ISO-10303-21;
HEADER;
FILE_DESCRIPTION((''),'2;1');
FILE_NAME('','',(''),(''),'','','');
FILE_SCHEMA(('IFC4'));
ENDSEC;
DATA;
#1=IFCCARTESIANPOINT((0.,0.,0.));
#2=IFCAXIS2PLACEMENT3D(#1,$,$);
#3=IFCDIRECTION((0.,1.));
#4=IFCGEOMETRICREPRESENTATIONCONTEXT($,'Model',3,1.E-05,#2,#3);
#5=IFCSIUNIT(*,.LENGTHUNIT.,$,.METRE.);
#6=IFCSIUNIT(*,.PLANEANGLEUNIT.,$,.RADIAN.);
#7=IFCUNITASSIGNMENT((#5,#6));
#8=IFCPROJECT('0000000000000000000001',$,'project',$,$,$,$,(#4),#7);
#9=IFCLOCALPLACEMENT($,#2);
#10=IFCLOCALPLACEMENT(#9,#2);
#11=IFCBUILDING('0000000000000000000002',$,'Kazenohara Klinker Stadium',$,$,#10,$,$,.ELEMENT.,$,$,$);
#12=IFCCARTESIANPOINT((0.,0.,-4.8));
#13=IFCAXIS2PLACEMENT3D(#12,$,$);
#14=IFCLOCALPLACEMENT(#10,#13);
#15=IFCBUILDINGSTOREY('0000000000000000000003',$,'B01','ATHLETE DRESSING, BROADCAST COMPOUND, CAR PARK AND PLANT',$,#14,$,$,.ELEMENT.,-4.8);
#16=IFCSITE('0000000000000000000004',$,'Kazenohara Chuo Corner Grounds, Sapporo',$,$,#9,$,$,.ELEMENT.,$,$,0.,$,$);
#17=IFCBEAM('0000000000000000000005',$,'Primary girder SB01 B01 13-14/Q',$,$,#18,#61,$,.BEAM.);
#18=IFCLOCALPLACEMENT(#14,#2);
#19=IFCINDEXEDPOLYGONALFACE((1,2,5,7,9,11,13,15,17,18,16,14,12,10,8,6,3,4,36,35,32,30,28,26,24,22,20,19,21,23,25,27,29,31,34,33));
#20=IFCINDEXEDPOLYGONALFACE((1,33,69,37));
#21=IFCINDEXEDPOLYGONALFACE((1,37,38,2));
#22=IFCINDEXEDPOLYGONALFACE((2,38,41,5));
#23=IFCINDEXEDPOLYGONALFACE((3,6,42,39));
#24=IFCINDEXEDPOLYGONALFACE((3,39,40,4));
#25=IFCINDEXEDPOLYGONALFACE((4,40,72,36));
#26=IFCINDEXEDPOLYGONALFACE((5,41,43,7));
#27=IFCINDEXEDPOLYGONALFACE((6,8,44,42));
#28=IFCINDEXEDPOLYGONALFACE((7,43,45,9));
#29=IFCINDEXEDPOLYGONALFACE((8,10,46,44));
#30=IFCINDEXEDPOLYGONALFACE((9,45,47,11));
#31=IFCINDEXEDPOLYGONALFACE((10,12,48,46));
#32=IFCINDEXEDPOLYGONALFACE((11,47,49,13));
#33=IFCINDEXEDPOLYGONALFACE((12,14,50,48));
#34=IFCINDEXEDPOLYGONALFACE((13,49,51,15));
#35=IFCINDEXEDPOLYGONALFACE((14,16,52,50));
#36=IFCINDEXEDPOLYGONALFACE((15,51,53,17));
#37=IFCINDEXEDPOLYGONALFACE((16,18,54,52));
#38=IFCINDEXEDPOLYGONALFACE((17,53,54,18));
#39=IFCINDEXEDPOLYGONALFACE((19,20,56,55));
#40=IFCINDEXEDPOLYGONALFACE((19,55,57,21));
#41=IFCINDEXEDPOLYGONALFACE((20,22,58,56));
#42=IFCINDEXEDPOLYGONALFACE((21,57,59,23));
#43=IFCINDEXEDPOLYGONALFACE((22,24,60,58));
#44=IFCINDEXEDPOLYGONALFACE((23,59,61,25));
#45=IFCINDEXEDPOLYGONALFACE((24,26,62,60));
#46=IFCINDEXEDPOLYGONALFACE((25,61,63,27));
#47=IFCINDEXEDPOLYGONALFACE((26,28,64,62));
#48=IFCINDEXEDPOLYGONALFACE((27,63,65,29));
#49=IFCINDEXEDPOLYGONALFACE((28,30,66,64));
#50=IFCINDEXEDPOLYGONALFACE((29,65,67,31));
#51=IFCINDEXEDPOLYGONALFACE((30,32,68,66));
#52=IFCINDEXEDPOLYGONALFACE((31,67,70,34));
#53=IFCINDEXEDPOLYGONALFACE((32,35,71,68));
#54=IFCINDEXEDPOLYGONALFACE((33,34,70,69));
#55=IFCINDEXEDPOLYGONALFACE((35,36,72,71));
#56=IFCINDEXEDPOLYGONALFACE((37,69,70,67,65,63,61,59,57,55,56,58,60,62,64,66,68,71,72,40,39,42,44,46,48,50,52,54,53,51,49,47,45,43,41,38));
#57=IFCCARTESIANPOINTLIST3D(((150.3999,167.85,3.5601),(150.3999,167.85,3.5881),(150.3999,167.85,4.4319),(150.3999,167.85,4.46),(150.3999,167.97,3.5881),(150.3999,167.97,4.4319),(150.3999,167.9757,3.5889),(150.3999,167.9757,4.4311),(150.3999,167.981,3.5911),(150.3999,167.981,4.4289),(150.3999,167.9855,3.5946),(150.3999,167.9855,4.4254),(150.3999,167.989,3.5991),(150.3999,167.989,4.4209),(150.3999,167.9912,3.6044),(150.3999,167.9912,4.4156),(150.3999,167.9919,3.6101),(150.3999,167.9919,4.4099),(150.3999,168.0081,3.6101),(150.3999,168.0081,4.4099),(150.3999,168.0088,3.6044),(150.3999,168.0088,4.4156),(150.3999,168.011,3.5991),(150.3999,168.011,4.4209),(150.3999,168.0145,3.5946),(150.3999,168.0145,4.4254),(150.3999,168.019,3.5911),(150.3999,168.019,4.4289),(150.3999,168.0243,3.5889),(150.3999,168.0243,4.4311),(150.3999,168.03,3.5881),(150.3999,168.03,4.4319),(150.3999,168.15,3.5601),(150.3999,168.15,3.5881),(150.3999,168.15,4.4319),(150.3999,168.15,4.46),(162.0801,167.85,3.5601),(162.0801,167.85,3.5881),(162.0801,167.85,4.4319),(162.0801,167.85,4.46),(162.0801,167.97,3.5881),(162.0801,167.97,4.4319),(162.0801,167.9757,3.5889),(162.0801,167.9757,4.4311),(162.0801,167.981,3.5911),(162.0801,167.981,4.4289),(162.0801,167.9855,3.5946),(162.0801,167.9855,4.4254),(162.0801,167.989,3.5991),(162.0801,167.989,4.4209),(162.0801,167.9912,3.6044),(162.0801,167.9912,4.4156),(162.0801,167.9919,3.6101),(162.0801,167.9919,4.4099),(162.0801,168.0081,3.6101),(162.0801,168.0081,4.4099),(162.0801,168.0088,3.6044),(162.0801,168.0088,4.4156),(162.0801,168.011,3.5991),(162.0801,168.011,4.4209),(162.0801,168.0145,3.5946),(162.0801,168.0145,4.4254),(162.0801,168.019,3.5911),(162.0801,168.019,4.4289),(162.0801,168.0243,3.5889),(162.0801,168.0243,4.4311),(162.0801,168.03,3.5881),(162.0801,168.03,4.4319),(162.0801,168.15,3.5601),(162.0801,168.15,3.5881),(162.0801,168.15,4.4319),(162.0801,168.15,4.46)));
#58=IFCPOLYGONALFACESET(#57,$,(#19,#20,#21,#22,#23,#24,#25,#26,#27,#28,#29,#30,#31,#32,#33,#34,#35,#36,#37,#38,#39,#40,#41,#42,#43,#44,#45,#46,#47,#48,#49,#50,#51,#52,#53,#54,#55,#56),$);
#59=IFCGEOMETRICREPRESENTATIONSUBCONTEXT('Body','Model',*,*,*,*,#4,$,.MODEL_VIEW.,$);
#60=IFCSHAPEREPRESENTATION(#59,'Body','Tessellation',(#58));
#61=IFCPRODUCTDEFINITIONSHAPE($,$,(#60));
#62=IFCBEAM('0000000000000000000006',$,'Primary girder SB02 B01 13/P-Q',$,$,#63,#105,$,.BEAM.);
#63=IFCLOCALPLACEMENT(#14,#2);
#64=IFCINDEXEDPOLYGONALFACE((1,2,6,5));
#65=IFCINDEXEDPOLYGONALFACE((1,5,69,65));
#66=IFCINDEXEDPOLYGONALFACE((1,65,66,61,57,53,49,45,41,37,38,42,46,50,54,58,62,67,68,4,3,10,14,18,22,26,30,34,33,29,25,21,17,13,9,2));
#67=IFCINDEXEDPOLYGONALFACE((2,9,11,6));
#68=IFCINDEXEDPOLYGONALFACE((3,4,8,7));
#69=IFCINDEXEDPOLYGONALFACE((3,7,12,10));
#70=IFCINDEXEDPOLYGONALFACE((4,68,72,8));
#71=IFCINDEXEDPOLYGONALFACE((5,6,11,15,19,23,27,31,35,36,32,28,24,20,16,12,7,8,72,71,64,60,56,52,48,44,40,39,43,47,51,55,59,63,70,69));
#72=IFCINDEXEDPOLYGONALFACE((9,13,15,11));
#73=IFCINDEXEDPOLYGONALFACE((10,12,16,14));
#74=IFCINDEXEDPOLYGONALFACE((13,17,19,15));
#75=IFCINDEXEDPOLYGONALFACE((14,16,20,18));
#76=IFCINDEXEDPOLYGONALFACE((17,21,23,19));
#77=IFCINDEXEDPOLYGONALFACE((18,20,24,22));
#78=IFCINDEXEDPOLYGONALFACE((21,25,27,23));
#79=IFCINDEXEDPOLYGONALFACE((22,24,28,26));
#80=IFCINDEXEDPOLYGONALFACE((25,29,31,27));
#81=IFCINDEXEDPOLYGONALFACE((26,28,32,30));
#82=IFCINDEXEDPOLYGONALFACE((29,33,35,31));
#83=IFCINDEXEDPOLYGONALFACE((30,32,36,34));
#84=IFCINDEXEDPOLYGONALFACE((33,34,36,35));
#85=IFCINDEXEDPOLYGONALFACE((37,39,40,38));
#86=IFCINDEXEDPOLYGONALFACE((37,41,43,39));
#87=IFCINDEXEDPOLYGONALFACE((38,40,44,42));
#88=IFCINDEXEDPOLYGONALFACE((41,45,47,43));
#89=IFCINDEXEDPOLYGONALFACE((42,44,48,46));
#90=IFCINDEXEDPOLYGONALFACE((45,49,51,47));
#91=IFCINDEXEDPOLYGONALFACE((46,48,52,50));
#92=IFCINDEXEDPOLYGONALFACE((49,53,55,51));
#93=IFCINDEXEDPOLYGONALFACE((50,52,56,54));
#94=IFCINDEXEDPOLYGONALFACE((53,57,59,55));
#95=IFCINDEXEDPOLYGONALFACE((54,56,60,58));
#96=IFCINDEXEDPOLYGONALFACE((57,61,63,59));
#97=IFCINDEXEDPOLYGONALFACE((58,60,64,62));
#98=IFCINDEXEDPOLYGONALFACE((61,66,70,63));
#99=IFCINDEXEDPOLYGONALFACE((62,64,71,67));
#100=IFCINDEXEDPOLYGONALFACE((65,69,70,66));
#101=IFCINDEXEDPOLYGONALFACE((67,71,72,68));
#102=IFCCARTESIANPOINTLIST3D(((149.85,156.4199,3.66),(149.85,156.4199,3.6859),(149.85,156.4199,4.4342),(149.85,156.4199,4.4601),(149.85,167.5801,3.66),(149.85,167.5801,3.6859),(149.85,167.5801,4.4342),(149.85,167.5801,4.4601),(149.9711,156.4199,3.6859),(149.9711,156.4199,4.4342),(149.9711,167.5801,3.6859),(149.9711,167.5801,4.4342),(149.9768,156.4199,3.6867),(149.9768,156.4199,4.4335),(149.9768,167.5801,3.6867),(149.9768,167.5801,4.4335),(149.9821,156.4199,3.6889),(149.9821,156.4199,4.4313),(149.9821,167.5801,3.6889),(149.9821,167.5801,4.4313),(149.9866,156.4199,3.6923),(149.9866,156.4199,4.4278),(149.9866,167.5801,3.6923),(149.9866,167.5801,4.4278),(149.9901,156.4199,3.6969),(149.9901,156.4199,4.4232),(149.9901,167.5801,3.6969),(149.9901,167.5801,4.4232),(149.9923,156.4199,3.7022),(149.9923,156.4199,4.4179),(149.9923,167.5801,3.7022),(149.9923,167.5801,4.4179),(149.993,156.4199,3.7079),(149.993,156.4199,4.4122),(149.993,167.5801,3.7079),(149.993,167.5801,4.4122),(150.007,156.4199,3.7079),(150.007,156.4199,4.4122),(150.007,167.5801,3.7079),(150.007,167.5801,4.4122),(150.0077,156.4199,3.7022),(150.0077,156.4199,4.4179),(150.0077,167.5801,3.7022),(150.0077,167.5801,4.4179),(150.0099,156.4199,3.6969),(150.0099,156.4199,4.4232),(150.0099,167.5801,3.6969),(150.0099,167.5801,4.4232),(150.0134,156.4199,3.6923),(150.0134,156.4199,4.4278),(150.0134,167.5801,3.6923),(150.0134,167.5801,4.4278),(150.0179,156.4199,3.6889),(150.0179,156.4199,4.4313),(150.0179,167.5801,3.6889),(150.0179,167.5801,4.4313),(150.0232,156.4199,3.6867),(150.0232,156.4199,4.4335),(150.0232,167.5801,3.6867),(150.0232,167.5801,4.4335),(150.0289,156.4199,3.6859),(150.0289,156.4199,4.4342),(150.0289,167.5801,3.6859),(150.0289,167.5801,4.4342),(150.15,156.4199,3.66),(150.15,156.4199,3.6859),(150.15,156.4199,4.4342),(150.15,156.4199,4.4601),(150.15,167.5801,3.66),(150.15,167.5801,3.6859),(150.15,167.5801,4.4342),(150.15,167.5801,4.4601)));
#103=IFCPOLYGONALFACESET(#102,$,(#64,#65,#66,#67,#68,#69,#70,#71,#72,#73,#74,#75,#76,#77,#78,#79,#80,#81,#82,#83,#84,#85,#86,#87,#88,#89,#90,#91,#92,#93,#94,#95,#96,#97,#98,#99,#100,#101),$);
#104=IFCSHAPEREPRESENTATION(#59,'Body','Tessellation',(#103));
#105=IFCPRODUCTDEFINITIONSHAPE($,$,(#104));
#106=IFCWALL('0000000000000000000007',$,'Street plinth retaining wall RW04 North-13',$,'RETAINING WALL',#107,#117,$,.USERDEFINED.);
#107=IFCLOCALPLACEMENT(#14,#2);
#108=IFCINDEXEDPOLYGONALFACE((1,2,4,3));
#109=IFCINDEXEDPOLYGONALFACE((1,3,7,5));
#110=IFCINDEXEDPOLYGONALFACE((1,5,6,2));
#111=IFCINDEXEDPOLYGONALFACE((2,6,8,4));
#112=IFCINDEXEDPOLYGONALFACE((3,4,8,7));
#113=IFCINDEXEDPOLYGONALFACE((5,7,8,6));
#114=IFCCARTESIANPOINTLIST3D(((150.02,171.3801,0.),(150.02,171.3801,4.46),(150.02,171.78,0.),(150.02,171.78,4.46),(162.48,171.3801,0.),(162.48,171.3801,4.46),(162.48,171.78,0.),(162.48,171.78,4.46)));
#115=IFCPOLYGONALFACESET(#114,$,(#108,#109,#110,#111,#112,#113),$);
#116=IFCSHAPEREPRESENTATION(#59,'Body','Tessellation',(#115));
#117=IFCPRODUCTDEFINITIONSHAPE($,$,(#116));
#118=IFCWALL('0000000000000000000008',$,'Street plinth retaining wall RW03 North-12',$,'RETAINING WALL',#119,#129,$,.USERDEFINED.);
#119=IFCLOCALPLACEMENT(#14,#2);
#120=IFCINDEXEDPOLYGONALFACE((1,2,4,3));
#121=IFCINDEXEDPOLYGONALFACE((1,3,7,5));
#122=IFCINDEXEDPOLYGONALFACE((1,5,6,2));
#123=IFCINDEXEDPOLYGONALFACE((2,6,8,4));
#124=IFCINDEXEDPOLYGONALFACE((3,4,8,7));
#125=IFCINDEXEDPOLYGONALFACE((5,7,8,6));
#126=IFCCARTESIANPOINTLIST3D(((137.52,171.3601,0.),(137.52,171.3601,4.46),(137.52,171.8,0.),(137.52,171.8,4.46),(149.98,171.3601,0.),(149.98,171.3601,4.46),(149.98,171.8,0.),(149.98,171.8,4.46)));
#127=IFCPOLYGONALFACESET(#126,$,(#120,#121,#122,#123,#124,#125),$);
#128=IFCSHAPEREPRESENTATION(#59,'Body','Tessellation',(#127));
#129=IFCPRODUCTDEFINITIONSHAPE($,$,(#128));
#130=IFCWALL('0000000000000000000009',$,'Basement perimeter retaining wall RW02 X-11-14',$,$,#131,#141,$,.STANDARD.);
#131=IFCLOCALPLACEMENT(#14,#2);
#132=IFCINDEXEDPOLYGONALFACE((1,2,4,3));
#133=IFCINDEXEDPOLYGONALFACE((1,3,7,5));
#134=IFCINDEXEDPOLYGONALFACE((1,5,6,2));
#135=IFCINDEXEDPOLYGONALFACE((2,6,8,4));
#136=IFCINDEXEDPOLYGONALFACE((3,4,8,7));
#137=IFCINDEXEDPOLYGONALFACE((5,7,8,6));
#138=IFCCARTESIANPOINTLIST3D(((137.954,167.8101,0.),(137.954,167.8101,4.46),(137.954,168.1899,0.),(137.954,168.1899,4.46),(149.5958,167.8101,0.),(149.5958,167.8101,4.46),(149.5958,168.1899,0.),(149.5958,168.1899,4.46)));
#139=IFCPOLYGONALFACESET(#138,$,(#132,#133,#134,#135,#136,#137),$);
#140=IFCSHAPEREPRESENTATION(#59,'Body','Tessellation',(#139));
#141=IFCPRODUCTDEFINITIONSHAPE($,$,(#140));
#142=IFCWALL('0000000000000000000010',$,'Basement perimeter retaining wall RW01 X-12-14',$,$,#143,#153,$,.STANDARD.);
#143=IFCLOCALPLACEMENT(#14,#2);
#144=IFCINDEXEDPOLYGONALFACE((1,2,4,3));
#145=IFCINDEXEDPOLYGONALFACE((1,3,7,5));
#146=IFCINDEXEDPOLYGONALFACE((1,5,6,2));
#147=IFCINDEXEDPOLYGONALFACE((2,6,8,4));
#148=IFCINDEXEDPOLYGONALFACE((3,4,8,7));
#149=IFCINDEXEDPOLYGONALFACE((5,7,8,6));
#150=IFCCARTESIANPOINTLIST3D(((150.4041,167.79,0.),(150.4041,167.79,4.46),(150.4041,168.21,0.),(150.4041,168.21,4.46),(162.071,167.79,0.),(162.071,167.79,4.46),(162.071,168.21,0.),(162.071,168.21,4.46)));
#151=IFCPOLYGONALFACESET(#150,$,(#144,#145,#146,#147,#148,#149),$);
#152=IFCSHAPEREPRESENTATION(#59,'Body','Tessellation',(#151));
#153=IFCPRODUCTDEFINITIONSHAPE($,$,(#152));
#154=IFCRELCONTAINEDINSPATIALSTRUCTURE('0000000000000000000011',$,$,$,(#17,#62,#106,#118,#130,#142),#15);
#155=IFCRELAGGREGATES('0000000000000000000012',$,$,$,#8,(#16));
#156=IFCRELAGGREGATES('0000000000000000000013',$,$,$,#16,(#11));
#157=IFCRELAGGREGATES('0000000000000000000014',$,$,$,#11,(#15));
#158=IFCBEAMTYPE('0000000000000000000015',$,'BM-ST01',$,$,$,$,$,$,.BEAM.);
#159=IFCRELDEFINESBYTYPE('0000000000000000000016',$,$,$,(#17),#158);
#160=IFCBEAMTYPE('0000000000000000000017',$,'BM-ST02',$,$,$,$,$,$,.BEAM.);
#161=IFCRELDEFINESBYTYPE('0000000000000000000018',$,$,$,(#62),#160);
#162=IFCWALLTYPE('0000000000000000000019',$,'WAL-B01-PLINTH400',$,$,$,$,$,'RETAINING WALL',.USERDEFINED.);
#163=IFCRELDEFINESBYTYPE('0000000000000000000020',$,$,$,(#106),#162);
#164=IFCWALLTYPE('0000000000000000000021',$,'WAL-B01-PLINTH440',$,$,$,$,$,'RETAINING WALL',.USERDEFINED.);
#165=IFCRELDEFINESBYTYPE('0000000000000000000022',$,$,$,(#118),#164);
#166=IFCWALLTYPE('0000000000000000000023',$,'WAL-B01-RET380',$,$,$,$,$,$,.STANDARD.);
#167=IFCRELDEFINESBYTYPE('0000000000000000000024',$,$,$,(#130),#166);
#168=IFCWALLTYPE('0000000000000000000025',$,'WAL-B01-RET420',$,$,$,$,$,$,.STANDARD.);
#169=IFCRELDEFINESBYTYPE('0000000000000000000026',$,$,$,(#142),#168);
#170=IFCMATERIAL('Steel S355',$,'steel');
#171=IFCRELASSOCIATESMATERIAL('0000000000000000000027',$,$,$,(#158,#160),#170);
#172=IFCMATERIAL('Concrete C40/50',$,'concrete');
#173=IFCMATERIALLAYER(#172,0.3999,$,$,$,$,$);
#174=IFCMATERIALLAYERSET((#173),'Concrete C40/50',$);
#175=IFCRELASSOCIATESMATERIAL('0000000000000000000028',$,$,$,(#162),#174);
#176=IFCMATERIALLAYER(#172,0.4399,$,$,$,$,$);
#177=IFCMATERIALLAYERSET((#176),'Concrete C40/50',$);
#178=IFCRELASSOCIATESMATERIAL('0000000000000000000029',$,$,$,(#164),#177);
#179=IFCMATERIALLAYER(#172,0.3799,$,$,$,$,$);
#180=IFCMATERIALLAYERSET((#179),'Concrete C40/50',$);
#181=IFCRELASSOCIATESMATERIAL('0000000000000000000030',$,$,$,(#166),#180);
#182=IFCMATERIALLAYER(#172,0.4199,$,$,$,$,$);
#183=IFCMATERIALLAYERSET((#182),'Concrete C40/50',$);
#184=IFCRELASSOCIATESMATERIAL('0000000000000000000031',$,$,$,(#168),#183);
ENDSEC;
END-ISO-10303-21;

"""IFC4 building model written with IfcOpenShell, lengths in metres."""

from ifc_helpers import new_model, si_unit, direction, frame, frame_2d, origin, origin_2d, place, context, subcontext, project, spatial, rectangle, i_section, extrude, material, layer, layer_set, material_profile, profile_set, type_object, element, save


model = new_model("IFC4")

# Units and contexts
model_context = context("Model", 3, precision=1e-05, world=origin(), true_north=direction((0.0, 1.0)))
body_context = subcontext(model_context, "Body", "Model", "MODEL_VIEW")
ifc_project = project(units=[si_unit("LENGTHUNIT", "METRE"), si_unit("PLANEANGLEUNIT", "RADIAN")], contexts=[model_context])

# Site, building, storey
site_placement = place(None, origin())
site = spatial("IfcSite", under=ifc_project, at=site_placement, Name="Kazenohara Chuo Corner Grounds, Sapporo", CompositionType="ELEMENT", RefElevation=0.0)
building_placement = place(site_placement, origin())
building = spatial("IfcBuilding", under=site, at=building_placement, Name="Kazenohara Klinker Stadium", CompositionType="ELEMENT")
storey_placement = place(building_placement, frame((0.0, 0.0, -4.8)))
storey = spatial("IfcBuildingStorey", under=building, at=storey_placement, Name="B01", Description="ATHLETE DRESSING, BROADCAST COMPOUND, CAR PARK AND PLANT", CompositionType="ELEMENT", Elevation=-4.8)

# Shared definitions
ifc_material_1 = material(Name="Concrete C40/50", Category="concrete")

# Beams
ifc_material_2 = material(Name="Steel S355", Category="steel")
ifc_material_profile_1 = material_profile(ifc_material_2, i_section(OverallWidth=0.3, OverallDepth=0.8999, WebThickness=0.0161, FlangeThickness=0.0281, FilletRadius=0.022, at=origin_2d()), Name="H-900x300x16x28")
ifc_profile_set_1 = profile_set([ifc_material_profile_1], Name="Steel S355")
beam_type_1 = type_object("IfcBeamType", Name="BM-ST01", PredefinedType="BEAM", material=ifc_profile_set_1)
beam_1_placement = place(storey_placement, frame((150.3999, 168.0, 4.01), z_axis=(1.0, 0.0, 0.0), x_axis=(0.0, 1.0, 0.0)))
element("IfcBeam", 1, at=beam_1_placement, inside=storey, type_object=beam_type_1, Name="Primary girder SB01 B01 13-14/Q", PredefinedType="BEAM", context=body_context, shape_type="SweptSolid", body=[
    extrude(i_section(OverallWidth=0.3, OverallDepth=0.8999, WebThickness=0.0161, FlangeThickness=0.0281, FilletRadius=0.022, at=origin_2d()), origin(), (0.0, 0.0, 1.0), 11.6802),
])
ifc_material_profile_2 = material_profile(ifc_material_2, i_section(OverallWidth=0.3, OverallDepth=0.8, WebThickness=0.0139, FlangeThickness=0.0259, FilletRadius=0.022, at=origin_2d()), Name="H-800x300x14x26")
ifc_profile_set_2 = profile_set([ifc_material_profile_2], Name="Steel S355")
beam_type_2 = type_object("IfcBeamType", Name="BM-ST02", PredefinedType="BEAM", material=ifc_profile_set_2)
beam_2_placement = place(storey_placement, frame((150.0, 156.4199, 4.0601), z_axis=(0.0, 1.0, 0.0), x_axis=(-1.0, 0.0, 0.0)))
element("IfcBeam", 2, at=beam_2_placement, inside=storey, type_object=beam_type_2, Name="Primary girder SB02 B01 13/P-Q", PredefinedType="BEAM", context=body_context, shape_type="SweptSolid", body=[
    extrude(i_section(OverallWidth=0.3, OverallDepth=0.8, WebThickness=0.0139, FlangeThickness=0.0259, FilletRadius=0.022, at=origin_2d()), origin(), (0.0, 0.0, 1.0), 11.1602),
])

# Walls
ifc_layer_1 = layer(ifc_material_1, 0.3999)
ifc_layer_set_1 = layer_set([ifc_layer_1], Name="Concrete C40/50")
wall_type_1 = type_object("IfcWallType", Name="WAL-B01-PLINTH400", ElementType="RETAINING WALL", PredefinedType="USERDEFINED", material=ifc_layer_set_1)
wall_1_placement = place(storey_placement, frame((150.02, 171.5801, 0.0), z_axis=(0.0, 0.0, 1.0), x_axis=(1.0, 0.0, 0.0)))
element("IfcWall", 3, at=wall_1_placement, inside=storey, type_object=wall_type_1, Name="Street plinth retaining wall RW04 North-13", ObjectType="RETAINING WALL", PredefinedType="USERDEFINED", context=body_context, shape_type="SweptSolid", body=[
    extrude(rectangle(XDim=12.46, YDim=0.3999, at=frame_2d((6.23, 0.0))), origin(), (0.0, 0.0, 1.0), 4.46),
])
ifc_layer_2 = layer(ifc_material_1, 0.4399)
ifc_layer_set_2 = layer_set([ifc_layer_2], Name="Concrete C40/50")
wall_type_2 = type_object("IfcWallType", Name="WAL-B01-PLINTH440", ElementType="RETAINING WALL", PredefinedType="USERDEFINED", material=ifc_layer_set_2)
wall_2_placement = place(storey_placement, frame((137.52, 171.5801, 0.0), z_axis=(0.0, 0.0, 1.0), x_axis=(1.0, 0.0, 0.0)))
element("IfcWall", 4, at=wall_2_placement, inside=storey, type_object=wall_type_2, Name="Street plinth retaining wall RW03 North-12", ObjectType="RETAINING WALL", PredefinedType="USERDEFINED", context=body_context, shape_type="SweptSolid", body=[
    extrude(rectangle(XDim=12.46, YDim=0.4399, at=frame_2d((6.23, 0.0))), origin(), (0.0, 0.0, 1.0), 4.46),
])
ifc_layer_3 = layer(ifc_material_1, 0.3799)
ifc_layer_set_3 = layer_set([ifc_layer_3], Name="Concrete C40/50")
wall_type_3 = type_object("IfcWallType", Name="WAL-B01-RET380", PredefinedType="STANDARD", material=ifc_layer_set_3)
wall_3_placement = place(storey_placement, frame((137.9541, 168.0, 0.0), z_axis=(0.0, 0.0, 1.0), x_axis=(1.0, 0.0, 0.0)))
element("IfcWall", 5, at=wall_3_placement, inside=storey, type_object=wall_type_3, Name="Basement perimeter retaining wall RW02 X-11-14", PredefinedType="STANDARD", context=body_context, shape_type="SweptSolid", body=[
    extrude(rectangle(XDim=11.6418, YDim=0.3799, at=frame_2d((5.8208, 0.0))), origin(), (0.0, 0.0, 1.0), 4.46),
])
ifc_layer_4 = layer(ifc_material_1, 0.4199)
ifc_layer_set_4 = layer_set([ifc_layer_4], Name="Concrete C40/50")
wall_type_4 = type_object("IfcWallType", Name="WAL-B01-RET420", PredefinedType="STANDARD", material=ifc_layer_set_4)
wall_4_placement = place(storey_placement, frame((150.4041, 168.0, 0.0), z_axis=(0.0, 0.0, 1.0), x_axis=(1.0, 0.0, 0.0)))
element("IfcWall", 6, at=wall_4_placement, inside=storey, type_object=wall_type_4, Name="Basement perimeter retaining wall RW01 X-12-14", PredefinedType="STANDARD", context=body_context, shape_type="SweptSolid", body=[
    extrude(rectangle(XDim=11.667, YDim=0.4199, at=frame_2d((5.8335, 0.0))), origin(), (0.0, 0.0, 1.0), 4.46),
])

save(model, "model.ifc")
